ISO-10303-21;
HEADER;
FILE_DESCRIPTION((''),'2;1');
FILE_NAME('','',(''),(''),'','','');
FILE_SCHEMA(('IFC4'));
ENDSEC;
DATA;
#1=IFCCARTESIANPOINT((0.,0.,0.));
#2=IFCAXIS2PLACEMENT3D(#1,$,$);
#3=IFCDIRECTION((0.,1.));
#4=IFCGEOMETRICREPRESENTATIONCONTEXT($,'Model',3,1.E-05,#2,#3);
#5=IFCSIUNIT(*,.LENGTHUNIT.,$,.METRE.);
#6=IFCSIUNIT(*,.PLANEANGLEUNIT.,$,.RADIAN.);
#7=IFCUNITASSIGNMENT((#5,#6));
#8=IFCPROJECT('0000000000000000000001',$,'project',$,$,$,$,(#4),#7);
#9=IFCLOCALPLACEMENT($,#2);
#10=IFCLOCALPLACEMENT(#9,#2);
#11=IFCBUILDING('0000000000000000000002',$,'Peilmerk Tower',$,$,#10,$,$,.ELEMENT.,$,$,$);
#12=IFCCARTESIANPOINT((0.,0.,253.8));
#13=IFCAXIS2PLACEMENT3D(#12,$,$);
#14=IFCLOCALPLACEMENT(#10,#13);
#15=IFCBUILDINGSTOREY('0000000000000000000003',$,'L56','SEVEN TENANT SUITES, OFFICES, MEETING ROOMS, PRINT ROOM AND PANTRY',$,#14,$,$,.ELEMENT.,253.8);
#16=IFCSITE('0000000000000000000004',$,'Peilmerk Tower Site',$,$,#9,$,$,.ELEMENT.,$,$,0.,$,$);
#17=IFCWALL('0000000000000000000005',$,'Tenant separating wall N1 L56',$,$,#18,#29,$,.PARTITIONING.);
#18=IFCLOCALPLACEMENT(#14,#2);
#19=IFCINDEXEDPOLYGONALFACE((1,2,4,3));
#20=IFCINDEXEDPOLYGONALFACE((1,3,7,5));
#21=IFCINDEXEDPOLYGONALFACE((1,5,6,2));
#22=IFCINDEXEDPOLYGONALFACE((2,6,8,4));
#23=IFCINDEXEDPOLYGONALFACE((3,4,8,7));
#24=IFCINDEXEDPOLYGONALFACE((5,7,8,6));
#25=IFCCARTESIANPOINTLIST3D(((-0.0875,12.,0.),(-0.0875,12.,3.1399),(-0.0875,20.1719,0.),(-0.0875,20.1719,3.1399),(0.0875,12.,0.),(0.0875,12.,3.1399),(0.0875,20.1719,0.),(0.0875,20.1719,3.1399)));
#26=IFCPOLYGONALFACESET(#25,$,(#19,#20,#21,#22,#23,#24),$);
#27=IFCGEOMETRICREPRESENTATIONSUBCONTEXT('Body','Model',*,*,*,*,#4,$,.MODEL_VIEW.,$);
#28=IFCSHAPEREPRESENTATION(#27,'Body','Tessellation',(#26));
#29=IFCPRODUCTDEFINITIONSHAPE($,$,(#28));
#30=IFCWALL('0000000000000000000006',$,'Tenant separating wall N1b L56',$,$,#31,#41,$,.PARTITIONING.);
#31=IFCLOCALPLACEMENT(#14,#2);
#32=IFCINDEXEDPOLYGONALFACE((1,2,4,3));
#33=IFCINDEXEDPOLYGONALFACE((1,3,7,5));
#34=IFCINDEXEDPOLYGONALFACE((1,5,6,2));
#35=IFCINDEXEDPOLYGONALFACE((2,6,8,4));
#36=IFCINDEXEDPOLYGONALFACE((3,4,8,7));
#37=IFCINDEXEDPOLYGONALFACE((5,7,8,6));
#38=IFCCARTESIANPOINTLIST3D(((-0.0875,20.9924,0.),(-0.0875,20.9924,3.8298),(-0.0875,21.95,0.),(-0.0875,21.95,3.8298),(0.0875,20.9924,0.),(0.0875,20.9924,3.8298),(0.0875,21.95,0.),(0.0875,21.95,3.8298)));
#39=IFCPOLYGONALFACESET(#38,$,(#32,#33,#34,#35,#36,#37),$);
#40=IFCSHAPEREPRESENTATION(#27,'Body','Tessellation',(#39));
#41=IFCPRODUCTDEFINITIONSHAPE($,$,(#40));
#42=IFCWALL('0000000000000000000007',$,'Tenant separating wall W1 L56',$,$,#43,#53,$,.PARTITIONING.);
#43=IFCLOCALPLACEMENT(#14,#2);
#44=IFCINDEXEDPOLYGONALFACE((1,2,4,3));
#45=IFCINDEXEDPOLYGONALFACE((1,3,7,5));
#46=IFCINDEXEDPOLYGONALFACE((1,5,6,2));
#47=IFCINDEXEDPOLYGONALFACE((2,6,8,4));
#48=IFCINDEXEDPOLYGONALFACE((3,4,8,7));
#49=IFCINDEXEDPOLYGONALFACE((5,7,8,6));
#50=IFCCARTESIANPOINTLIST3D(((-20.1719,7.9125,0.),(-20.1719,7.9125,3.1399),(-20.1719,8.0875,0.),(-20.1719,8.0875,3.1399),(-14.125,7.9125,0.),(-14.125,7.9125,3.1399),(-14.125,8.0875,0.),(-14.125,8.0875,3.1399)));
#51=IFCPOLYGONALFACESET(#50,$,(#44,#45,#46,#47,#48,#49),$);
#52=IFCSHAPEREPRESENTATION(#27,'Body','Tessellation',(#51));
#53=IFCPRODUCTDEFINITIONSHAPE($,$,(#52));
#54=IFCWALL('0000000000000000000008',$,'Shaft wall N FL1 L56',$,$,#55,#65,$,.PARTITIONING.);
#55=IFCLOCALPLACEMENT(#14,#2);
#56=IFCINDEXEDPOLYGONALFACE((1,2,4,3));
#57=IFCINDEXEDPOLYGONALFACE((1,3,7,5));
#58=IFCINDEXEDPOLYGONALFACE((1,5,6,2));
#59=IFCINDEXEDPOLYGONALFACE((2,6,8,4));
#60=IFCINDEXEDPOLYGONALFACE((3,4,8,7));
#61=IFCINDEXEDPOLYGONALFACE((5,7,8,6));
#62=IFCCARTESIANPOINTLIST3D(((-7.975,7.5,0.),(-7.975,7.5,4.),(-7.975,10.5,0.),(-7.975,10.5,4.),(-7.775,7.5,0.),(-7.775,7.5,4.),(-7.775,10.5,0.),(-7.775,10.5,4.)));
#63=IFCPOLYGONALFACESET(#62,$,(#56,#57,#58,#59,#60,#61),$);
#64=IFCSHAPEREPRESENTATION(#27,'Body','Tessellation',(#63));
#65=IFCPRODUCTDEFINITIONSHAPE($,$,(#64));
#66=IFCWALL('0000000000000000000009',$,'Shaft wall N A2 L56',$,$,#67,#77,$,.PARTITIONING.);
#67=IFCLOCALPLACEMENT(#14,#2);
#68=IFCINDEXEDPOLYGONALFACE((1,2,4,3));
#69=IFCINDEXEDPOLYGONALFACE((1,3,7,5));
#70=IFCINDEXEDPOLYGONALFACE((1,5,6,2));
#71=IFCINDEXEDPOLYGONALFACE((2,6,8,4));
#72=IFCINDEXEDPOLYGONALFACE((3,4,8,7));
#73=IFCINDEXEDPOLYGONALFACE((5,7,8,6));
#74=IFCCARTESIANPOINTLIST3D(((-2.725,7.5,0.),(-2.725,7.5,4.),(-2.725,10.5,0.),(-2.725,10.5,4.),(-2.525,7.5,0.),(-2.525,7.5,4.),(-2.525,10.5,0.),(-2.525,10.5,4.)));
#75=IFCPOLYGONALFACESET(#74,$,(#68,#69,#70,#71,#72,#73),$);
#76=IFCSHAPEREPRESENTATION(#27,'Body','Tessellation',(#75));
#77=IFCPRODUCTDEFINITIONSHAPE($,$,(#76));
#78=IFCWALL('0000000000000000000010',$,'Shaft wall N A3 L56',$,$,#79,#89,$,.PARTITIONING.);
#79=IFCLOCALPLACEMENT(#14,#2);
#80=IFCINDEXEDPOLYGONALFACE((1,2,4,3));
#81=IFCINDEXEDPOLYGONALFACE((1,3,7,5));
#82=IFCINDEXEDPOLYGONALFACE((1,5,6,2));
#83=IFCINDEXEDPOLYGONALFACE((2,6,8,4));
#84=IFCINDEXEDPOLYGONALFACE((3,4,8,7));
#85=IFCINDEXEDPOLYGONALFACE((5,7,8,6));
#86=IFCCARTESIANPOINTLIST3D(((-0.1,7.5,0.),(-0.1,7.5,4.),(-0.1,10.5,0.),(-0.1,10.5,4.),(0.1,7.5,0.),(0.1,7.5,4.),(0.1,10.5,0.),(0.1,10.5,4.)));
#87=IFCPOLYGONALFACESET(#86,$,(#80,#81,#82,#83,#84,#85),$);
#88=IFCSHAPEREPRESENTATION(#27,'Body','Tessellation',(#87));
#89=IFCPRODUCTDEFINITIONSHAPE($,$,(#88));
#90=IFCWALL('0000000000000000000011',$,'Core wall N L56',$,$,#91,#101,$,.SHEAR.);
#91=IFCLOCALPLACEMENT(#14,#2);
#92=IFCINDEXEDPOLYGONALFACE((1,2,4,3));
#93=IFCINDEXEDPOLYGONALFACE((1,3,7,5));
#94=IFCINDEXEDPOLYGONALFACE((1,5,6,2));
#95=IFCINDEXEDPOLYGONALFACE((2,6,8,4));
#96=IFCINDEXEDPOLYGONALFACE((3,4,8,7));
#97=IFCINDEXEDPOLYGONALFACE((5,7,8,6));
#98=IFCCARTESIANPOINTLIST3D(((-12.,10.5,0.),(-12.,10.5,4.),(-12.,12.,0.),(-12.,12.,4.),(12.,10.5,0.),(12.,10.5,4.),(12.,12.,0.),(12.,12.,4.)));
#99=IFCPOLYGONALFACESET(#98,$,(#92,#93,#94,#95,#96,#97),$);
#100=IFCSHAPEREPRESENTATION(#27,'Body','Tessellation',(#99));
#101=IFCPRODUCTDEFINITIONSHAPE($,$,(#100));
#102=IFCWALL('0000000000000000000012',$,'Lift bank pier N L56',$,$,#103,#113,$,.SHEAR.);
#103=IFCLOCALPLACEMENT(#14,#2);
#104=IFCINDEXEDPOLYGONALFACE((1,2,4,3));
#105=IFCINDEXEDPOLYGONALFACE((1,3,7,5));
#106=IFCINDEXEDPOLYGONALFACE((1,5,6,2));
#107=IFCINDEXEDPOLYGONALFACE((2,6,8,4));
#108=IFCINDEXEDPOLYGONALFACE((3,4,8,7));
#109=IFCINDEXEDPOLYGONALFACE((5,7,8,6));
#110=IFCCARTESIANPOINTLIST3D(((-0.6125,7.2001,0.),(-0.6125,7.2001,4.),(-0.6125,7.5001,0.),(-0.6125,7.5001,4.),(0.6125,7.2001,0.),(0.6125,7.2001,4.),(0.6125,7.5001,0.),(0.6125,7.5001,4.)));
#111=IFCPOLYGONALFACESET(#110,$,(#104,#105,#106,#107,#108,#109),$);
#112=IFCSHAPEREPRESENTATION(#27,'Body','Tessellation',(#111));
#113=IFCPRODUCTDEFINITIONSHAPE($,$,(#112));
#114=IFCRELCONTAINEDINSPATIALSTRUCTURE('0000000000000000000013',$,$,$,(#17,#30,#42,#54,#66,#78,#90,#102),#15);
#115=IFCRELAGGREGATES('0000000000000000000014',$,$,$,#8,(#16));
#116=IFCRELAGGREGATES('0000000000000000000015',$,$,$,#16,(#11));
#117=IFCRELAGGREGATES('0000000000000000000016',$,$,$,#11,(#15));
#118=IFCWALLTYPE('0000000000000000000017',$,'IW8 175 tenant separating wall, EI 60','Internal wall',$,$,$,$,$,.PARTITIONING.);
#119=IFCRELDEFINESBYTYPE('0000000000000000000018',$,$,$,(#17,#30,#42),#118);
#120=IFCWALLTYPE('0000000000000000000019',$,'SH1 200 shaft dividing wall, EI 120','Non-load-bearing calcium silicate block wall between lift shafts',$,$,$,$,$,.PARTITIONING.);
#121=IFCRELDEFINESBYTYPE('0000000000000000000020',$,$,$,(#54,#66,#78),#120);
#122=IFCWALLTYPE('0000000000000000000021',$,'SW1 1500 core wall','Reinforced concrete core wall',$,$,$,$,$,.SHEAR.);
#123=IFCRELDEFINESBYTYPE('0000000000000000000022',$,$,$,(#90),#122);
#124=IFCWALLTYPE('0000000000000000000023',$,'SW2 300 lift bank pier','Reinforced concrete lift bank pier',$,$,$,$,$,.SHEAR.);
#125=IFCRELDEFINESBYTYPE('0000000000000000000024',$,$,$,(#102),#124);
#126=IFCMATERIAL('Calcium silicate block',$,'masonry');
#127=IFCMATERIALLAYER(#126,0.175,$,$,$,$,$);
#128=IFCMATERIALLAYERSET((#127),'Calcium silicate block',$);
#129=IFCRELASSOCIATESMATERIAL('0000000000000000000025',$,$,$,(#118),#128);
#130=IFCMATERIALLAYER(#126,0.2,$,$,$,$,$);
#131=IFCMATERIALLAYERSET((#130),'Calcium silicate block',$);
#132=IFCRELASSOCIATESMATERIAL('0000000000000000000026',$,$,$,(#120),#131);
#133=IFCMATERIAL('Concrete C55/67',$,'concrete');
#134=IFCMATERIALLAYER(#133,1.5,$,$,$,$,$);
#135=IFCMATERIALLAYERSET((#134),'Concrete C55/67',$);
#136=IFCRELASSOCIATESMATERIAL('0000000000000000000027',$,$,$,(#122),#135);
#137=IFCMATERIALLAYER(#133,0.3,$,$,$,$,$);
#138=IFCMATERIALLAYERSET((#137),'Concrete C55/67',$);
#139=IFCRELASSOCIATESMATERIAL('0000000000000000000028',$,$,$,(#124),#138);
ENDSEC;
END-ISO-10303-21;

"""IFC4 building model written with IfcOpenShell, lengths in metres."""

from ifc_helpers import new_model, si_unit, direction, frame, frame_2d, origin, place, context, subcontext, project, spatial, rectangle, extrude, material, layer, layer_set, type_object, element, save


model = new_model("IFC4")

# Units and contexts
model_context = context("Model", 3, precision=1e-05, world=origin(), true_north=direction((0.0, 1.0)))
body_context = subcontext(model_context, "Body", "Model", "MODEL_VIEW")
ifc_project = project(units=[si_unit("LENGTHUNIT", "METRE"), si_unit("PLANEANGLEUNIT", "RADIAN")], contexts=[model_context])

# Site, building, storey
site_placement = place(None, origin())
site = spatial("IfcSite", under=ifc_project, at=site_placement, Name="Peilmerk Tower Site", CompositionType="ELEMENT", RefElevation=0.0)
building_placement = place(site_placement, origin())
building = spatial("IfcBuilding", under=site, at=building_placement, Name="Peilmerk Tower", CompositionType="ELEMENT")
storey_placement = place(building_placement, frame((0.0, 0.0, 253.8)))
storey = spatial("IfcBuildingStorey", under=building, at=storey_placement, Name="L56", Description="SEVEN TENANT SUITES, OFFICES, MEETING ROOMS, PRINT ROOM AND PANTRY", CompositionType="ELEMENT", Elevation=253.8)

# Shared definitions
ifc_material_1 = material(Name="Calcium silicate block", Category="masonry")

# Walls
ifc_layer_1 = layer(ifc_material_1, 0.175)
ifc_layer_set_1 = layer_set([ifc_layer_1], Name="Calcium silicate block")
wall_type_1 = type_object("IfcWallType", Name="IW8 175 tenant separating wall, EI 60", Description="Internal wall", PredefinedType="PARTITIONING", material=ifc_layer_set_1)
wall_1_placement = place(storey_placement, frame((0.0, 12.0, 0.0), z_axis=(0.0, 0.0, 1.0), x_axis=(0.0, 1.0, 0.0)))
element("IfcWall", 1, at=wall_1_placement, inside=storey, type_object=wall_type_1, Name="Tenant separating wall N1 L56", PredefinedType="PARTITIONING", context=body_context, shape_type="SweptSolid", body=[
    extrude(rectangle(XDim=8.1719, YDim=0.175, at=frame_2d((4.0859, 0.0))), origin(), (0.0, 0.0, 1.0), 3.1399),
])
wall_2_placement = place(storey_placement, frame((0.0, 20.9924, 0.0), z_axis=(0.0, 0.0, 1.0), x_axis=(0.0, 1.0, 0.0)))
element("IfcWall", 2, at=wall_2_placement, inside=storey, type_object=wall_type_1, Name="Tenant separating wall N1b L56", PredefinedType="PARTITIONING", context=body_context, shape_type="SweptSolid", body=[
    extrude(rectangle(XDim=0.9575, YDim=0.175, at=frame_2d((0.4788, 0.0))), origin(), (0.0, 0.0, 1.0), 3.8298),
])
wall_3_placement = place(storey_placement, frame((-14.125, 8.0, 0.0), z_axis=(0.0, 0.0, 1.0), x_axis=(-1.0, 0.0, 0.0)))
element("IfcWall", 3, at=wall_3_placement, inside=storey, type_object=wall_type_1, Name="Tenant separating wall W1 L56", PredefinedType="PARTITIONING", context=body_context, shape_type="SweptSolid", body=[
    extrude(rectangle(XDim=6.0469, YDim=0.175, at=frame_2d((3.0234, 0.0))), origin(), (0.0, 0.0, 1.0), 3.1399),
])
ifc_layer_2 = layer(ifc_material_1, 0.2)
ifc_layer_set_2 = layer_set([ifc_layer_2], Name="Calcium silicate block")
wall_type_2 = type_object("IfcWallType", Name="SH1 200 shaft dividing wall, EI 120", Description="Non-load-bearing calcium silicate block wall between lift shafts", PredefinedType="PARTITIONING", material=ifc_layer_set_2)
for number, where, z_axis, x_axis, name in (
    (4, (-7.875, 7.5, 0.0), (0.0, 0.0, 1.0), (0.0, 1.0, 0.0), "Shaft wall N FL1 L56"),
    (5, (-2.625, 7.5, 0.0), (0.0, 0.0, 1.0), (0.0, 1.0, 0.0), "Shaft wall N A2 L56"),
    (6, (0.0, 7.5, 0.0), (0.0, 0.0, 1.0), (0.0, 1.0, 0.0), "Shaft wall N A3 L56"),
):
    element("IfcWall", number, at=place(storey_placement, frame(where, z_axis=z_axis, x_axis=x_axis)), inside=storey, type_object=wall_type_2, Name=name, PredefinedType="PARTITIONING", context=body_context, shape_type="SweptSolid", body=[
        extrude(rectangle(XDim=3.0, YDim=0.2, at=frame_2d((1.5, 0.0))), origin(), (0.0, 0.0, 1.0), 4.0),
    ])
ifc_material_2 = material(Name="Concrete C55/67", Category="concrete")
ifc_layer_3 = layer(ifc_material_2, 1.5)
ifc_layer_set_3 = layer_set([ifc_layer_3], Name="Concrete C55/67")
wall_type_3 = type_object("IfcWallType", Name="SW1 1500 core wall", Description="Reinforced concrete core wall", PredefinedType="SHEAR", material=ifc_layer_set_3)
wall_4_placement = place(storey_placement, frame((-12.0, 11.25, 0.0), z_axis=(0.0, 0.0, 1.0), x_axis=(1.0, 0.0, 0.0)))
element("IfcWall", 7, at=wall_4_placement, inside=storey, type_object=wall_type_3, Name="Core wall N L56", PredefinedType="SHEAR", context=body_context, shape_type="SweptSolid", body=[
    extrude(rectangle(XDim=24.0, YDim=1.5, at=frame_2d((12.0, 0.0))), origin(), (0.0, 0.0, 1.0), 4.0),
])
ifc_layer_4 = layer(ifc_material_2, 0.3)
ifc_layer_set_4 = layer_set([ifc_layer_4], Name="Concrete C55/67")
wall_type_4 = type_object("IfcWallType", Name="SW2 300 lift bank pier", Description="Reinforced concrete lift bank pier", PredefinedType="SHEAR", material=ifc_layer_set_4)
wall_5_placement = place(storey_placement, frame((-0.6125, 7.3501, 0.0), z_axis=(0.0, 0.0, 1.0), x_axis=(1.0, 0.0, 0.0)))
element("IfcWall", 8, at=wall_5_placement, inside=storey, type_object=wall_type_4, Name="Lift bank pier N L56", PredefinedType="SHEAR", context=body_context, shape_type="SweptSolid", body=[
    extrude(rectangle(XDim=1.2251, YDim=0.3, at=frame_2d((0.6125, 0.0))), origin(), (0.0, 0.0, 1.0), 4.0),
])

save(model, "model.ifc")
